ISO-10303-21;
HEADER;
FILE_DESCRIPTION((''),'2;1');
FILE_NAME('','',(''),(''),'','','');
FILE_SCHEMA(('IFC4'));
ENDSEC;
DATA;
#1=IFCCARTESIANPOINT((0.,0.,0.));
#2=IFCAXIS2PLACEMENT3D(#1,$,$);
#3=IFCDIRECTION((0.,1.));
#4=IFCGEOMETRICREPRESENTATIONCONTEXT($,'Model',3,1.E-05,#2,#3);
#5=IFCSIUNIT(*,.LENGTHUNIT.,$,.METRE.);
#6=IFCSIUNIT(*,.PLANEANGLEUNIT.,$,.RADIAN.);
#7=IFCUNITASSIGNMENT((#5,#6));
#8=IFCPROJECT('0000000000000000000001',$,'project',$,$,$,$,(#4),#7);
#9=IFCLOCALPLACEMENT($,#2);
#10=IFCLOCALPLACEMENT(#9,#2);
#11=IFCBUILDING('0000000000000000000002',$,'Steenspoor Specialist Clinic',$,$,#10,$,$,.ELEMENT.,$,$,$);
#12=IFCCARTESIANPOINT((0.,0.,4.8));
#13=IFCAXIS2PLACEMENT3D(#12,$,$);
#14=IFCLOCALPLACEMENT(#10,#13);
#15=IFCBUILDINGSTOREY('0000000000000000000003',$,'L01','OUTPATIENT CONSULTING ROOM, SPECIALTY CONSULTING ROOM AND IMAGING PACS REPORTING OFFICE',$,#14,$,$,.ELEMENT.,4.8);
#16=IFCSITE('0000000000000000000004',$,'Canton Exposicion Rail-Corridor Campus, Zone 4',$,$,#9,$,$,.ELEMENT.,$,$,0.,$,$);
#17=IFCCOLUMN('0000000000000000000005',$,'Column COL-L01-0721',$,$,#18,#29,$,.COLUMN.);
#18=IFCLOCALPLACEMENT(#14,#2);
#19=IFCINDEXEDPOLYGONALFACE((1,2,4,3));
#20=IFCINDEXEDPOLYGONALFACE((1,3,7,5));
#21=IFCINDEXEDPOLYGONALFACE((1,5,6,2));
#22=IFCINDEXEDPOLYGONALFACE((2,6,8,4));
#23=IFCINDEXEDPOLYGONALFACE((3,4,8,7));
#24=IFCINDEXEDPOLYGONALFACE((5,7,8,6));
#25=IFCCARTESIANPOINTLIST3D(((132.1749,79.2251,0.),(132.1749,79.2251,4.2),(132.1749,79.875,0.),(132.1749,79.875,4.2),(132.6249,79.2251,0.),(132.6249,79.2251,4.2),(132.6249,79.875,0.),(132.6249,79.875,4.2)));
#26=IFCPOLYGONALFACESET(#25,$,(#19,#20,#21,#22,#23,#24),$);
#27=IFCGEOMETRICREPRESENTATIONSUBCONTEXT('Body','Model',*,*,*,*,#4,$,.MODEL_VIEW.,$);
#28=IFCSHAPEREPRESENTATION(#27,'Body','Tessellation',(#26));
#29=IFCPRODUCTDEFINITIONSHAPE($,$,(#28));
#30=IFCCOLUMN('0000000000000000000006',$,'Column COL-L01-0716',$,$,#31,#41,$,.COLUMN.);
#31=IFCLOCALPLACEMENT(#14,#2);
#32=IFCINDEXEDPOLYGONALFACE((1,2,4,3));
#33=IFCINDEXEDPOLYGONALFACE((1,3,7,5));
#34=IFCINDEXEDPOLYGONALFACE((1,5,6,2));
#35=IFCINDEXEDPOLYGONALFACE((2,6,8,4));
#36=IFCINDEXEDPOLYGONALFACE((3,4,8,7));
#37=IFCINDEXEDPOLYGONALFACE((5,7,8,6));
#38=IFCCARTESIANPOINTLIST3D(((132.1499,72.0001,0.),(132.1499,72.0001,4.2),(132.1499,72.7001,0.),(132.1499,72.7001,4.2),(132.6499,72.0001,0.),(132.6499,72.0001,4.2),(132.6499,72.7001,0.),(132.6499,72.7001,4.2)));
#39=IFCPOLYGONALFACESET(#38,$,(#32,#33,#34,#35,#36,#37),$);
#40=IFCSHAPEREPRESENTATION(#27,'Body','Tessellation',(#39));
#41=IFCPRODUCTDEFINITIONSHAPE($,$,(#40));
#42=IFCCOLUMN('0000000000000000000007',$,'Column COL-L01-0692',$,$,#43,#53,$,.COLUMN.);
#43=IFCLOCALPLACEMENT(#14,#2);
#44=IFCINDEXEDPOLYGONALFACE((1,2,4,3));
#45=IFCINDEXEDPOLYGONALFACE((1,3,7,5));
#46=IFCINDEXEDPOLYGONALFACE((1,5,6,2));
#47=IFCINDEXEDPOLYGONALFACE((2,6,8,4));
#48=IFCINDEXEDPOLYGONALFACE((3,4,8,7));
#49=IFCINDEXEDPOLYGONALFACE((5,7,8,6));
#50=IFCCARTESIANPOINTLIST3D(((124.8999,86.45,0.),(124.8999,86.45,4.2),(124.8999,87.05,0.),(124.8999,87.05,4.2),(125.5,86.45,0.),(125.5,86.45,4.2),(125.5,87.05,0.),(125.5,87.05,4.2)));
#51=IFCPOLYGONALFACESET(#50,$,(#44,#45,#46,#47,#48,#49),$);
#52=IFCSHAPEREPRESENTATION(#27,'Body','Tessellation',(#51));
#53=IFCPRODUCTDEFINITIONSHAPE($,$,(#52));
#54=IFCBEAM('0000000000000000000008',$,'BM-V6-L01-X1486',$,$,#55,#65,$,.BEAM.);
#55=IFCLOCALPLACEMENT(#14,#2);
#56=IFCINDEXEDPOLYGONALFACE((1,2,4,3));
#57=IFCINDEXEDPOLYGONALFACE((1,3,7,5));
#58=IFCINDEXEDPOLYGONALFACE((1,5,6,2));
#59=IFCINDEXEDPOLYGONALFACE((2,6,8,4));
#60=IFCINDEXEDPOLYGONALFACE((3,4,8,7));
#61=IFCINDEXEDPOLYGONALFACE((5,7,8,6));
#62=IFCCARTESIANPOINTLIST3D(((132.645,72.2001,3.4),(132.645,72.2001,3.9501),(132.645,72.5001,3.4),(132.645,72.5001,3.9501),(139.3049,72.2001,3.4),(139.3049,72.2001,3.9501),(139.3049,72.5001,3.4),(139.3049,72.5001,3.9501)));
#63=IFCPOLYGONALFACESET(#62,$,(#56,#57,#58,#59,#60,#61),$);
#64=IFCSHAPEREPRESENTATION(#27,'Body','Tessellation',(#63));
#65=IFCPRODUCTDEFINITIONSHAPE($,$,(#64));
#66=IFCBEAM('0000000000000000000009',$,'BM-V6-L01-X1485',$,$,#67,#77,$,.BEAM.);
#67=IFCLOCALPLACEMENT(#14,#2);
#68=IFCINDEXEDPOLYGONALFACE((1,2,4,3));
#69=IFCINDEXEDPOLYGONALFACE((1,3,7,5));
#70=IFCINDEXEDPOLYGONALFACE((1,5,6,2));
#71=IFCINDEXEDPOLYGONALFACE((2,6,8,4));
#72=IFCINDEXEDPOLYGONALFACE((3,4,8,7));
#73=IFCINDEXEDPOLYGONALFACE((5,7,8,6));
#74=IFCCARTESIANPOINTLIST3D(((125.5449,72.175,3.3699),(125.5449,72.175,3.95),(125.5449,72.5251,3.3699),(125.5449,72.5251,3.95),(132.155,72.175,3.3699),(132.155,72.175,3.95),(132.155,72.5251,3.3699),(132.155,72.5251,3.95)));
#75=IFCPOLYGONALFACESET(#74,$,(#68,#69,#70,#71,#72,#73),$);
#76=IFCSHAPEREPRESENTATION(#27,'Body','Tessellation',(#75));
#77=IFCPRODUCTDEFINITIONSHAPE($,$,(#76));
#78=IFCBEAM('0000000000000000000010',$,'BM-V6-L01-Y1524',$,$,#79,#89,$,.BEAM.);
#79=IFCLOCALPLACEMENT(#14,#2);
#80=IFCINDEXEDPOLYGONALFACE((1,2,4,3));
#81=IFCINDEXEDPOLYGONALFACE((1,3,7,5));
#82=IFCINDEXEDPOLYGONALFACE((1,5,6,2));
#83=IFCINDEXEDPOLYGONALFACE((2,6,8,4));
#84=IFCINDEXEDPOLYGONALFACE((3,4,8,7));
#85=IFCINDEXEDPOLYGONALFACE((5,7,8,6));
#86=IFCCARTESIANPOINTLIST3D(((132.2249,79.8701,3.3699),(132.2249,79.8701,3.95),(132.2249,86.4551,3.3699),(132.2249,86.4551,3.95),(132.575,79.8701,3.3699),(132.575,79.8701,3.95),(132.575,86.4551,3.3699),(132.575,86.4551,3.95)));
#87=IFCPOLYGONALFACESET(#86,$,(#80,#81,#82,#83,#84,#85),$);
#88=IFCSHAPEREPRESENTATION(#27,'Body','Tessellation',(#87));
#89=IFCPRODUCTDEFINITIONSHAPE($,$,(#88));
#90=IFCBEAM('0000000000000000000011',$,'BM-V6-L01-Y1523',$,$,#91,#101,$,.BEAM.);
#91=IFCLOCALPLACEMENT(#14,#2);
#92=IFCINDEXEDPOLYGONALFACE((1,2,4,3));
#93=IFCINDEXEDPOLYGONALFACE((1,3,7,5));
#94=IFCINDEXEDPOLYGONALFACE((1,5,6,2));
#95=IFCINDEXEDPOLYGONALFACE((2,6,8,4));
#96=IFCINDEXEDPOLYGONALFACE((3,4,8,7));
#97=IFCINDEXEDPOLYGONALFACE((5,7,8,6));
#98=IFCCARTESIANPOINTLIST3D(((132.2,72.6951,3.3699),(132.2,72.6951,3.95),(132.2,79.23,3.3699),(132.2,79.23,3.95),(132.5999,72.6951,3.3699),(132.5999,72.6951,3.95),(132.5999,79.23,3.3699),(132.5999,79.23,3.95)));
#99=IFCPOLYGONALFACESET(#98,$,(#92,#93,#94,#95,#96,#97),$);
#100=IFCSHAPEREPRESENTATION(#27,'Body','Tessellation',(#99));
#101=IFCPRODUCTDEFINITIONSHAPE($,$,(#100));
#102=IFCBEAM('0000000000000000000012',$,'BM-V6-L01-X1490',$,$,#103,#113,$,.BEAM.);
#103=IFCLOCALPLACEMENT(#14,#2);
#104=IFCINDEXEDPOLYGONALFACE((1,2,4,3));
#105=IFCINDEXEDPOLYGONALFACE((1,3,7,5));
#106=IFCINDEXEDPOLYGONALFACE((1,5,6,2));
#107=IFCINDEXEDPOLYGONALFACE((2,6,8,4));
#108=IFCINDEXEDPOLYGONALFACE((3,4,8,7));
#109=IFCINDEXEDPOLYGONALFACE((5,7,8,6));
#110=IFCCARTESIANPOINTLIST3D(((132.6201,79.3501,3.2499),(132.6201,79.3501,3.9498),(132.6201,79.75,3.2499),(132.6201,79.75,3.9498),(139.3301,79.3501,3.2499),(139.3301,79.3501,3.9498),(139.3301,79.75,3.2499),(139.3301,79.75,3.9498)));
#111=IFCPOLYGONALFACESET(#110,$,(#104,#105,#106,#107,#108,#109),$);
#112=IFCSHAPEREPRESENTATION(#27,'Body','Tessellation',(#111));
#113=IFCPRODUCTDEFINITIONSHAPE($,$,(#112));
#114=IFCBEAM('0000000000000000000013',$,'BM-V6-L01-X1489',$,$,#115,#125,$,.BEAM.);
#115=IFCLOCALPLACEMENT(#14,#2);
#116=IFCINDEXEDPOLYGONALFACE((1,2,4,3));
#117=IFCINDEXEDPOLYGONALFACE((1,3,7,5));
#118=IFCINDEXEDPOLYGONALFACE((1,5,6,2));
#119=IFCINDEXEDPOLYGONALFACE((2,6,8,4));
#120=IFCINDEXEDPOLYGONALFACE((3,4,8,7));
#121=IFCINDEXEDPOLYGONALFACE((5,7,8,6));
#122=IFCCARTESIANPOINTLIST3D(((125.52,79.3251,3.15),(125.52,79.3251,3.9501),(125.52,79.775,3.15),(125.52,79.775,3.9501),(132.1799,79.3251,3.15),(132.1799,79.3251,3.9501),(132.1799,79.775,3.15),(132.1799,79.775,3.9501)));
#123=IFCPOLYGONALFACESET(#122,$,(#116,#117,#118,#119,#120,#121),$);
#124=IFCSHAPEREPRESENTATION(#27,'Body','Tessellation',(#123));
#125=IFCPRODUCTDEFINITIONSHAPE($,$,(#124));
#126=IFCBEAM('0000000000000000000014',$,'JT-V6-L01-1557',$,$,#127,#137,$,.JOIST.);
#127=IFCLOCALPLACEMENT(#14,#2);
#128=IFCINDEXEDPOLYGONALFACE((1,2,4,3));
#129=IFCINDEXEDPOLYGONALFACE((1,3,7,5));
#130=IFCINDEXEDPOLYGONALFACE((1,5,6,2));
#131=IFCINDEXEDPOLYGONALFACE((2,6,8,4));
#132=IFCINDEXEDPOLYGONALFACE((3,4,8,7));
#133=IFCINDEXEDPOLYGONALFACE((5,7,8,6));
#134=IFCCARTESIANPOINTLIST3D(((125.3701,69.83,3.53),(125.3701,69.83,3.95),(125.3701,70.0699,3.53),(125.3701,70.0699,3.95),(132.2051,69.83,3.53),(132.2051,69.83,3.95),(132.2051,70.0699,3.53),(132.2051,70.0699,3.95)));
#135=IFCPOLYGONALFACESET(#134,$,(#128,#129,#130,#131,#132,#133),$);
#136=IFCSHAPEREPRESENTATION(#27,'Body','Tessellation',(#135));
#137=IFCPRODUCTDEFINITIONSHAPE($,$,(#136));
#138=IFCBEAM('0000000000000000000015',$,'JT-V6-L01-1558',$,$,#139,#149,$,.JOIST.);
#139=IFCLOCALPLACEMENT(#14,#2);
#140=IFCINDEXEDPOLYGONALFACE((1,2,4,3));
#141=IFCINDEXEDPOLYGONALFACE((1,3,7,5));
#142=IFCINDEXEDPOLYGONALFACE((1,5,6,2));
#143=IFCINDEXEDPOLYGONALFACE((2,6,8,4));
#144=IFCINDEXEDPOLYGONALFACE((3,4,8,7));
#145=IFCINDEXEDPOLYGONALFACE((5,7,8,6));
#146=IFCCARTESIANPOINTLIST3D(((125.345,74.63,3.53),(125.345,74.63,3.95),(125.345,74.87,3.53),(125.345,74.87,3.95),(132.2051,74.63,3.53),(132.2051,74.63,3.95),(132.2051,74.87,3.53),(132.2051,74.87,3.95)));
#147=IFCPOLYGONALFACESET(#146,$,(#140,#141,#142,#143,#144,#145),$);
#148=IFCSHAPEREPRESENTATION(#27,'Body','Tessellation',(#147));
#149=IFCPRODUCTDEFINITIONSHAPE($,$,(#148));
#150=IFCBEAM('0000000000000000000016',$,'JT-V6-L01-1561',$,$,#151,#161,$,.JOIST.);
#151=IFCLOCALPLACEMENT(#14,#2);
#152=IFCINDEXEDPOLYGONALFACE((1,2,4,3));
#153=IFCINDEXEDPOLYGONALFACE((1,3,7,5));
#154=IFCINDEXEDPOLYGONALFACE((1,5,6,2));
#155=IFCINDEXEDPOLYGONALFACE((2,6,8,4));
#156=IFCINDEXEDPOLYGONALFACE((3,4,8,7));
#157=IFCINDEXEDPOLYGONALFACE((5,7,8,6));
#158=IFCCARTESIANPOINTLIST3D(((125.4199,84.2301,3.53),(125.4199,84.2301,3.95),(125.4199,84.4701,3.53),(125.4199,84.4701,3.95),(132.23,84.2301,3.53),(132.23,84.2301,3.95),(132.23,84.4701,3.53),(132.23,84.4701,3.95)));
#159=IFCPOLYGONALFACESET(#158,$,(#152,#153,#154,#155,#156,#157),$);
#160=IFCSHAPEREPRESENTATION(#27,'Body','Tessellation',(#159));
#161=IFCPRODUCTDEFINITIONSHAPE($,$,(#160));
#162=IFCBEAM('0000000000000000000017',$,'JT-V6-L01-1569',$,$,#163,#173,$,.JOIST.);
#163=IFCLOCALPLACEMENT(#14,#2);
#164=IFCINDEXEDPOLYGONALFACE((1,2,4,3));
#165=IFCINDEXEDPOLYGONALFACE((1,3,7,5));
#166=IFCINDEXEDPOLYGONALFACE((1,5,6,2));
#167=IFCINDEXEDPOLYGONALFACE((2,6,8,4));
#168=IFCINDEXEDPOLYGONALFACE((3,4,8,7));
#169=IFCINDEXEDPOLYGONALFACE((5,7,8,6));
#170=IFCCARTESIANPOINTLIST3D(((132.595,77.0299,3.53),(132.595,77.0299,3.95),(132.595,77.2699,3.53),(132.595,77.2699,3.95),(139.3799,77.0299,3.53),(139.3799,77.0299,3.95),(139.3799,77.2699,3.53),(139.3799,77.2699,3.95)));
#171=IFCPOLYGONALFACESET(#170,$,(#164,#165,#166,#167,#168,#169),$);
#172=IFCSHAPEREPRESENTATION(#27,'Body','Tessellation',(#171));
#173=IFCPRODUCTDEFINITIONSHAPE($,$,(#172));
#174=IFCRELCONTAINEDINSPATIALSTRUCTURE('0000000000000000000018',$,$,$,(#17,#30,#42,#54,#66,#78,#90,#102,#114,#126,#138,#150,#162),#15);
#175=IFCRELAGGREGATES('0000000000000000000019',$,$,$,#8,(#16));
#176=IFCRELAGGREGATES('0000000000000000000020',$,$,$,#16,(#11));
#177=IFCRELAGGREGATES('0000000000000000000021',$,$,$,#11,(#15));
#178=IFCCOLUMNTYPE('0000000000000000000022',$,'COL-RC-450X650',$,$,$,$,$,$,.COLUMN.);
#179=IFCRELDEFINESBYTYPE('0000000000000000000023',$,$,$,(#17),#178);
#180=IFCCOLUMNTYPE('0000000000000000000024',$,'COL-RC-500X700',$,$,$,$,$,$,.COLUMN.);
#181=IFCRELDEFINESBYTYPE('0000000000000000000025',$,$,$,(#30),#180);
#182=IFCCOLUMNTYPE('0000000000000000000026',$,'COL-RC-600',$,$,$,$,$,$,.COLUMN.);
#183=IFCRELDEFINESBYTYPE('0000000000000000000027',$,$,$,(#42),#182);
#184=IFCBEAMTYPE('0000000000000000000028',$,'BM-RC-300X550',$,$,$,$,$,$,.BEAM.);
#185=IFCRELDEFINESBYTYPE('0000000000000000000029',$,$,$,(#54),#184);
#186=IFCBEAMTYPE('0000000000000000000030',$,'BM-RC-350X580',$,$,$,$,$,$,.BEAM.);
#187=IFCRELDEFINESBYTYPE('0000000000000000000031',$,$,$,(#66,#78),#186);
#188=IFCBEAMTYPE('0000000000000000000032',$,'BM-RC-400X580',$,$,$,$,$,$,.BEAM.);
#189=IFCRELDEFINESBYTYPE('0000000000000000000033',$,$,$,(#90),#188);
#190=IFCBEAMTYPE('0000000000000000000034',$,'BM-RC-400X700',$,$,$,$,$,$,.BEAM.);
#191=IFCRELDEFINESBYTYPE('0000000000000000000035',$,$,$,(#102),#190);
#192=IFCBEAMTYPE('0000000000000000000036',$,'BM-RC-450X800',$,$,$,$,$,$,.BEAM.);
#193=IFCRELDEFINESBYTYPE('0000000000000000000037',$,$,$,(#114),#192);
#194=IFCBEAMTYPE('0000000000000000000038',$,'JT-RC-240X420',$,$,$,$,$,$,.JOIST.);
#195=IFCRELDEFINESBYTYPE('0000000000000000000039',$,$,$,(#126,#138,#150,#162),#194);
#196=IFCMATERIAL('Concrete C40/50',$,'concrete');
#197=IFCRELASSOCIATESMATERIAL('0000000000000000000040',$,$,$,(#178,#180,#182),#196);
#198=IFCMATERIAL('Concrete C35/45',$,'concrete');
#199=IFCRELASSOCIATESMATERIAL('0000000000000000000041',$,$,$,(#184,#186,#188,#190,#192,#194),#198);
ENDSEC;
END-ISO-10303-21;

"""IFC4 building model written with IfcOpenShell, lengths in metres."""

from ifc_helpers import new_model, si_unit, direction, frame, origin, origin_2d, place, context, subcontext, project, spatial, rectangle, extrude, material, material_profile, profile_set, type_object, element, save


model = new_model("IFC4")

# Units and contexts
model_context = context("Model", 3, precision=1e-05, world=origin(), true_north=direction((0.0, 1.0)))
body_context = subcontext(model_context, "Body", "Model", "MODEL_VIEW")
ifc_project = project(units=[si_unit("LENGTHUNIT", "METRE"), si_unit("PLANEANGLEUNIT", "RADIAN")], contexts=[model_context])

# Site, building, storey
site_placement = place(None, origin())
site = spatial("IfcSite", under=ifc_project, at=site_placement, Name="Canton Exposicion Rail-Corridor Campus, Zone 4", CompositionType="ELEMENT", RefElevation=0.0)
building_placement = place(site_placement, origin())
building = spatial("IfcBuilding", under=site, at=building_placement, Name="Steenspoor Specialist Clinic", CompositionType="ELEMENT")
storey_placement = place(building_placement, frame((0.0, 0.0, 4.8)))
storey = spatial("IfcBuildingStorey", under=building, at=storey_placement, Name="L01", Description="OUTPATIENT CONSULTING ROOM, SPECIALTY CONSULTING ROOM AND IMAGING PACS REPORTING OFFICE", CompositionType="ELEMENT", Elevation=4.8)

# Columns
ifc_material_1 = material(Name="Concrete C40/50", Category="concrete")
ifc_material_profile_1 = material_profile(ifc_material_1, rectangle(XDim=0.45, YDim=0.6499, at=origin_2d()), Name="RC-COL-450X650")
ifc_profile_set_1 = profile_set([ifc_material_profile_1], Name="Concrete C40/50")
column_type_1 = type_object("IfcColumnType", Name="COL-RC-450X650", PredefinedType="COLUMN", material=ifc_profile_set_1)
column_1_placement = place(storey_placement, frame((132.3999, 79.55, 0.0), z_axis=(0.0, 0.0, 1.0), x_axis=(1.0, 0.0, 0.0)))
element("IfcColumn", 1, at=column_1_placement, inside=storey, type_object=column_type_1, Name="Column COL-L01-0721", PredefinedType="COLUMN", context=body_context, shape_type="SweptSolid", body=[
    extrude(rectangle(XDim=0.45, YDim=0.6499, at=origin_2d()), origin(), (0.0, 0.0, 1.0), 4.2),
])
ifc_material_profile_2 = material_profile(ifc_material_1, rectangle(XDim=0.5, YDim=0.7, at=origin_2d()), Name="RC-COL-500X700")
ifc_profile_set_2 = profile_set([ifc_material_profile_2], Name="Concrete C40/50")
column_type_2 = type_object("IfcColumnType", Name="COL-RC-500X700", PredefinedType="COLUMN", material=ifc_profile_set_2)
column_2_placement = place(storey_placement, frame((132.3999, 72.3501, 0.0), z_axis=(0.0, 0.0, 1.0), x_axis=(1.0, 0.0, 0.0)))
element("IfcColumn", 2, at=column_2_placement, inside=storey, type_object=column_type_2, Name="Column COL-L01-0716", PredefinedType="COLUMN", context=body_context, shape_type="SweptSolid", body=[
    extrude(rectangle(XDim=0.5, YDim=0.7, at=origin_2d()), origin(), (0.0, 0.0, 1.0), 4.2),
])
ifc_material_profile_3 = material_profile(ifc_material_1, rectangle(XDim=0.6001, YDim=0.6001, at=origin_2d()), Name="RC-COL-600X600")
ifc_profile_set_3 = profile_set([ifc_material_profile_3], Name="Concrete C40/50")
column_type_3 = type_object("IfcColumnType", Name="COL-RC-600", PredefinedType="COLUMN", material=ifc_profile_set_3)
column_3_placement = place(storey_placement, frame((125.2, 86.75, 0.0), z_axis=(0.0, 0.0, 1.0), x_axis=(1.0, 0.0, 0.0)))
element("IfcColumn", 3, at=column_3_placement, inside=storey, type_object=column_type_3, Name="Column COL-L01-0692", PredefinedType="COLUMN", context=body_context, shape_type="SweptSolid", body=[
    extrude(rectangle(XDim=0.6001, YDim=0.6001, at=origin_2d()), origin(), (0.0, 0.0, 1.0), 4.2),
])

# Beams
ifc_material_2 = material(Name="Concrete C35/45", Category="concrete")
ifc_material_profile_4 = material_profile(ifc_material_2, rectangle(XDim=0.3, YDim=0.55, at=origin_2d()), Name="RC-BM-300X550")
ifc_profile_set_4 = profile_set([ifc_material_profile_4], Name="Concrete C35/45")
beam_type_1 = type_object("IfcBeamType", Name="BM-RC-300X550", PredefinedType="BEAM", material=ifc_profile_set_4)
beam_1_placement = place(storey_placement, frame((132.645, 72.3501, 3.675), z_axis=(1.0, 0.0, 0.0), x_axis=(0.0, 1.0, 0.0)))
element("IfcBeam", 4, at=beam_1_placement, inside=storey, type_object=beam_type_1, Name="BM-V6-L01-X1486", PredefinedType="BEAM", context=body_context, shape_type="SweptSolid", body=[
    extrude(rectangle(XDim=0.3, YDim=0.55, at=origin_2d()), origin(), (0.0, 0.0, 1.0), 6.6599),
])
ifc_material_profile_5 = material_profile(ifc_material_2, rectangle(XDim=0.3501, YDim=0.5801, at=origin_2d()), Name="RC-BM-350X580")
ifc_profile_set_5 = profile_set([ifc_material_profile_5], Name="Concrete C35/45")
beam_type_2 = type_object("IfcBeamType", Name="BM-RC-350X580", PredefinedType="BEAM", material=ifc_profile_set_5)
beam_2_placement = place(storey_placement, frame((125.5449, 72.3501, 3.6599), z_axis=(1.0, 0.0, 0.0), x_axis=(0.0, 1.0, 0.0)))
element("IfcBeam", 5, at=beam_2_placement, inside=storey, type_object=beam_type_2, Name="BM-V6-L01-X1485", PredefinedType="BEAM", context=body_context, shape_type="SweptSolid", body=[
    extrude(rectangle(XDim=0.3501, YDim=0.5801, at=origin_2d()), origin(), (0.0, 0.0, 1.0), 6.6101),
])
beam_3_placement = place(storey_placement, frame((132.3999, 79.8701, 3.6599), z_axis=(0.0, 1.0, 0.0), x_axis=(-1.0, 0.0, 0.0)))
element("IfcBeam", 6, at=beam_3_placement, inside=storey, type_object=beam_type_2, Name="BM-V6-L01-Y1524", PredefinedType="BEAM", context=body_context, shape_type="SweptSolid", body=[
    extrude(rectangle(XDim=0.3501, YDim=0.5801, at=origin_2d()), origin(), (0.0, 0.0, 1.0), 6.585),
])
ifc_material_profile_6 = material_profile(ifc_material_2, rectangle(XDim=0.3999, YDim=0.5801, at=origin_2d()), Name="RC-BM-400X580")
ifc_profile_set_6 = profile_set([ifc_material_profile_6], Name="Concrete C35/45")
beam_type_3 = type_object("IfcBeamType", Name="BM-RC-400X580", PredefinedType="BEAM", material=ifc_profile_set_6)
beam_4_placement = place(storey_placement, frame((132.3999, 72.6951, 3.6599), z_axis=(0.0, 1.0, 0.0), x_axis=(-1.0, 0.0, 0.0)))
element("IfcBeam", 7, at=beam_4_placement, inside=storey, type_object=beam_type_3, Name="BM-V6-L01-Y1523", PredefinedType="BEAM", context=body_context, shape_type="SweptSolid", body=[
    extrude(rectangle(XDim=0.3999, YDim=0.5801, at=origin_2d()), origin(), (0.0, 0.0, 1.0), 6.5349),
])
ifc_material_profile_7 = material_profile(ifc_material_2, rectangle(XDim=0.3999, YDim=0.7, at=origin_2d()), Name="RC-BM-400X700")
ifc_profile_set_7 = profile_set([ifc_material_profile_7], Name="Concrete C35/45")
beam_type_4 = type_object("IfcBeamType", Name="BM-RC-400X700", PredefinedType="BEAM", material=ifc_profile_set_7)
beam_5_placement = place(storey_placement, frame((132.6201, 79.55, 3.5999), z_axis=(1.0, 0.0, 0.0), x_axis=(0.0, 1.0, 0.0)))
element("IfcBeam", 8, at=beam_5_placement, inside=storey, type_object=beam_type_4, Name="BM-V6-L01-X1490", PredefinedType="BEAM", context=body_context, shape_type="SweptSolid", body=[
    extrude(rectangle(XDim=0.3999, YDim=0.7, at=origin_2d()), origin(), (0.0, 0.0, 1.0), 6.71),
])
ifc_material_profile_8 = material_profile(ifc_material_2, rectangle(XDim=0.45, YDim=0.8, at=origin_2d()), Name="RC-BM-450X800")
ifc_profile_set_8 = profile_set([ifc_material_profile_8], Name="Concrete C35/45")
beam_type_5 = type_object("IfcBeamType", Name="BM-RC-450X800", PredefinedType="BEAM", material=ifc_profile_set_8)
beam_6_placement = place(storey_placement, frame((125.52, 79.55, 3.55), z_axis=(1.0, 0.0, 0.0), x_axis=(0.0, 1.0, 0.0)))
element("IfcBeam", 9, at=beam_6_placement, inside=storey, type_object=beam_type_5, Name="BM-V6-L01-X1489", PredefinedType="BEAM", context=body_context, shape_type="SweptSolid", body=[
    extrude(rectangle(XDim=0.45, YDim=0.8, at=origin_2d()), origin(), (0.0, 0.0, 1.0), 6.6599),
])
ifc_material_profile_9 = material_profile(ifc_material_2, rectangle(XDim=0.24, YDim=0.4199, at=origin_2d()), Name="RC-JT-240X420")
ifc_profile_set_9 = profile_set([ifc_material_profile_9], Name="Concrete C35/45")
beam_type_6 = type_object("IfcBeamType", Name="JT-RC-240X420", PredefinedType="JOIST", material=ifc_profile_set_9)
beam_7_placement = place(storey_placement, frame((125.3701, 69.95, 3.74), z_axis=(1.0, 0.0, 0.0), x_axis=(0.0, 1.0, 0.0)))
element("IfcBeam", 10, at=beam_7_placement, inside=storey, type_object=beam_type_6, Name="JT-V6-L01-1557", PredefinedType="JOIST", context=body_context, shape_type="SweptSolid", body=[
    extrude(rectangle(XDim=0.24, YDim=0.4199, at=origin_2d()), origin(), (0.0, 0.0, 1.0), 6.835),
])
beam_8_placement = place(storey_placement, frame((125.345, 74.75, 3.74), z_axis=(1.0, 0.0, 0.0), x_axis=(0.0, 1.0, 0.0)))
element("IfcBeam", 11, at=beam_8_placement, inside=storey, type_object=beam_type_6, Name="JT-V6-L01-1558", PredefinedType="JOIST", context=body_context, shape_type="SweptSolid", body=[
    extrude(rectangle(XDim=0.24, YDim=0.4199, at=origin_2d()), origin(), (0.0, 0.0, 1.0), 6.8601),
])
beam_9_placement = place(storey_placement, frame((125.4199, 84.3501, 3.74), z_axis=(1.0, 0.0, 0.0), x_axis=(0.0, 1.0, 0.0)))
element("IfcBeam", 12, at=beam_9_placement, inside=storey, type_object=beam_type_6, Name="JT-V6-L01-1561", PredefinedType="JOIST", context=body_context, shape_type="SweptSolid", body=[
    extrude(rectangle(XDim=0.24, YDim=0.4199, at=origin_2d()), origin(), (0.0, 0.0, 1.0), 6.8101),
])
beam_10_placement = place(storey_placement, frame((132.595, 77.1499, 3.74), z_axis=(1.0, 0.0, 0.0), x_axis=(0.0, 1.0, 0.0)))
element("IfcBeam", 13, at=beam_10_placement, inside=storey, type_object=beam_type_6, Name="JT-V6-L01-1569", PredefinedType="JOIST", context=body_context, shape_type="SweptSolid", body=[
    extrude(rectangle(XDim=0.24, YDim=0.4199, at=origin_2d()), origin(), (0.0, 0.0, 1.0), 6.7849),
])

save(model, "model.ifc")
